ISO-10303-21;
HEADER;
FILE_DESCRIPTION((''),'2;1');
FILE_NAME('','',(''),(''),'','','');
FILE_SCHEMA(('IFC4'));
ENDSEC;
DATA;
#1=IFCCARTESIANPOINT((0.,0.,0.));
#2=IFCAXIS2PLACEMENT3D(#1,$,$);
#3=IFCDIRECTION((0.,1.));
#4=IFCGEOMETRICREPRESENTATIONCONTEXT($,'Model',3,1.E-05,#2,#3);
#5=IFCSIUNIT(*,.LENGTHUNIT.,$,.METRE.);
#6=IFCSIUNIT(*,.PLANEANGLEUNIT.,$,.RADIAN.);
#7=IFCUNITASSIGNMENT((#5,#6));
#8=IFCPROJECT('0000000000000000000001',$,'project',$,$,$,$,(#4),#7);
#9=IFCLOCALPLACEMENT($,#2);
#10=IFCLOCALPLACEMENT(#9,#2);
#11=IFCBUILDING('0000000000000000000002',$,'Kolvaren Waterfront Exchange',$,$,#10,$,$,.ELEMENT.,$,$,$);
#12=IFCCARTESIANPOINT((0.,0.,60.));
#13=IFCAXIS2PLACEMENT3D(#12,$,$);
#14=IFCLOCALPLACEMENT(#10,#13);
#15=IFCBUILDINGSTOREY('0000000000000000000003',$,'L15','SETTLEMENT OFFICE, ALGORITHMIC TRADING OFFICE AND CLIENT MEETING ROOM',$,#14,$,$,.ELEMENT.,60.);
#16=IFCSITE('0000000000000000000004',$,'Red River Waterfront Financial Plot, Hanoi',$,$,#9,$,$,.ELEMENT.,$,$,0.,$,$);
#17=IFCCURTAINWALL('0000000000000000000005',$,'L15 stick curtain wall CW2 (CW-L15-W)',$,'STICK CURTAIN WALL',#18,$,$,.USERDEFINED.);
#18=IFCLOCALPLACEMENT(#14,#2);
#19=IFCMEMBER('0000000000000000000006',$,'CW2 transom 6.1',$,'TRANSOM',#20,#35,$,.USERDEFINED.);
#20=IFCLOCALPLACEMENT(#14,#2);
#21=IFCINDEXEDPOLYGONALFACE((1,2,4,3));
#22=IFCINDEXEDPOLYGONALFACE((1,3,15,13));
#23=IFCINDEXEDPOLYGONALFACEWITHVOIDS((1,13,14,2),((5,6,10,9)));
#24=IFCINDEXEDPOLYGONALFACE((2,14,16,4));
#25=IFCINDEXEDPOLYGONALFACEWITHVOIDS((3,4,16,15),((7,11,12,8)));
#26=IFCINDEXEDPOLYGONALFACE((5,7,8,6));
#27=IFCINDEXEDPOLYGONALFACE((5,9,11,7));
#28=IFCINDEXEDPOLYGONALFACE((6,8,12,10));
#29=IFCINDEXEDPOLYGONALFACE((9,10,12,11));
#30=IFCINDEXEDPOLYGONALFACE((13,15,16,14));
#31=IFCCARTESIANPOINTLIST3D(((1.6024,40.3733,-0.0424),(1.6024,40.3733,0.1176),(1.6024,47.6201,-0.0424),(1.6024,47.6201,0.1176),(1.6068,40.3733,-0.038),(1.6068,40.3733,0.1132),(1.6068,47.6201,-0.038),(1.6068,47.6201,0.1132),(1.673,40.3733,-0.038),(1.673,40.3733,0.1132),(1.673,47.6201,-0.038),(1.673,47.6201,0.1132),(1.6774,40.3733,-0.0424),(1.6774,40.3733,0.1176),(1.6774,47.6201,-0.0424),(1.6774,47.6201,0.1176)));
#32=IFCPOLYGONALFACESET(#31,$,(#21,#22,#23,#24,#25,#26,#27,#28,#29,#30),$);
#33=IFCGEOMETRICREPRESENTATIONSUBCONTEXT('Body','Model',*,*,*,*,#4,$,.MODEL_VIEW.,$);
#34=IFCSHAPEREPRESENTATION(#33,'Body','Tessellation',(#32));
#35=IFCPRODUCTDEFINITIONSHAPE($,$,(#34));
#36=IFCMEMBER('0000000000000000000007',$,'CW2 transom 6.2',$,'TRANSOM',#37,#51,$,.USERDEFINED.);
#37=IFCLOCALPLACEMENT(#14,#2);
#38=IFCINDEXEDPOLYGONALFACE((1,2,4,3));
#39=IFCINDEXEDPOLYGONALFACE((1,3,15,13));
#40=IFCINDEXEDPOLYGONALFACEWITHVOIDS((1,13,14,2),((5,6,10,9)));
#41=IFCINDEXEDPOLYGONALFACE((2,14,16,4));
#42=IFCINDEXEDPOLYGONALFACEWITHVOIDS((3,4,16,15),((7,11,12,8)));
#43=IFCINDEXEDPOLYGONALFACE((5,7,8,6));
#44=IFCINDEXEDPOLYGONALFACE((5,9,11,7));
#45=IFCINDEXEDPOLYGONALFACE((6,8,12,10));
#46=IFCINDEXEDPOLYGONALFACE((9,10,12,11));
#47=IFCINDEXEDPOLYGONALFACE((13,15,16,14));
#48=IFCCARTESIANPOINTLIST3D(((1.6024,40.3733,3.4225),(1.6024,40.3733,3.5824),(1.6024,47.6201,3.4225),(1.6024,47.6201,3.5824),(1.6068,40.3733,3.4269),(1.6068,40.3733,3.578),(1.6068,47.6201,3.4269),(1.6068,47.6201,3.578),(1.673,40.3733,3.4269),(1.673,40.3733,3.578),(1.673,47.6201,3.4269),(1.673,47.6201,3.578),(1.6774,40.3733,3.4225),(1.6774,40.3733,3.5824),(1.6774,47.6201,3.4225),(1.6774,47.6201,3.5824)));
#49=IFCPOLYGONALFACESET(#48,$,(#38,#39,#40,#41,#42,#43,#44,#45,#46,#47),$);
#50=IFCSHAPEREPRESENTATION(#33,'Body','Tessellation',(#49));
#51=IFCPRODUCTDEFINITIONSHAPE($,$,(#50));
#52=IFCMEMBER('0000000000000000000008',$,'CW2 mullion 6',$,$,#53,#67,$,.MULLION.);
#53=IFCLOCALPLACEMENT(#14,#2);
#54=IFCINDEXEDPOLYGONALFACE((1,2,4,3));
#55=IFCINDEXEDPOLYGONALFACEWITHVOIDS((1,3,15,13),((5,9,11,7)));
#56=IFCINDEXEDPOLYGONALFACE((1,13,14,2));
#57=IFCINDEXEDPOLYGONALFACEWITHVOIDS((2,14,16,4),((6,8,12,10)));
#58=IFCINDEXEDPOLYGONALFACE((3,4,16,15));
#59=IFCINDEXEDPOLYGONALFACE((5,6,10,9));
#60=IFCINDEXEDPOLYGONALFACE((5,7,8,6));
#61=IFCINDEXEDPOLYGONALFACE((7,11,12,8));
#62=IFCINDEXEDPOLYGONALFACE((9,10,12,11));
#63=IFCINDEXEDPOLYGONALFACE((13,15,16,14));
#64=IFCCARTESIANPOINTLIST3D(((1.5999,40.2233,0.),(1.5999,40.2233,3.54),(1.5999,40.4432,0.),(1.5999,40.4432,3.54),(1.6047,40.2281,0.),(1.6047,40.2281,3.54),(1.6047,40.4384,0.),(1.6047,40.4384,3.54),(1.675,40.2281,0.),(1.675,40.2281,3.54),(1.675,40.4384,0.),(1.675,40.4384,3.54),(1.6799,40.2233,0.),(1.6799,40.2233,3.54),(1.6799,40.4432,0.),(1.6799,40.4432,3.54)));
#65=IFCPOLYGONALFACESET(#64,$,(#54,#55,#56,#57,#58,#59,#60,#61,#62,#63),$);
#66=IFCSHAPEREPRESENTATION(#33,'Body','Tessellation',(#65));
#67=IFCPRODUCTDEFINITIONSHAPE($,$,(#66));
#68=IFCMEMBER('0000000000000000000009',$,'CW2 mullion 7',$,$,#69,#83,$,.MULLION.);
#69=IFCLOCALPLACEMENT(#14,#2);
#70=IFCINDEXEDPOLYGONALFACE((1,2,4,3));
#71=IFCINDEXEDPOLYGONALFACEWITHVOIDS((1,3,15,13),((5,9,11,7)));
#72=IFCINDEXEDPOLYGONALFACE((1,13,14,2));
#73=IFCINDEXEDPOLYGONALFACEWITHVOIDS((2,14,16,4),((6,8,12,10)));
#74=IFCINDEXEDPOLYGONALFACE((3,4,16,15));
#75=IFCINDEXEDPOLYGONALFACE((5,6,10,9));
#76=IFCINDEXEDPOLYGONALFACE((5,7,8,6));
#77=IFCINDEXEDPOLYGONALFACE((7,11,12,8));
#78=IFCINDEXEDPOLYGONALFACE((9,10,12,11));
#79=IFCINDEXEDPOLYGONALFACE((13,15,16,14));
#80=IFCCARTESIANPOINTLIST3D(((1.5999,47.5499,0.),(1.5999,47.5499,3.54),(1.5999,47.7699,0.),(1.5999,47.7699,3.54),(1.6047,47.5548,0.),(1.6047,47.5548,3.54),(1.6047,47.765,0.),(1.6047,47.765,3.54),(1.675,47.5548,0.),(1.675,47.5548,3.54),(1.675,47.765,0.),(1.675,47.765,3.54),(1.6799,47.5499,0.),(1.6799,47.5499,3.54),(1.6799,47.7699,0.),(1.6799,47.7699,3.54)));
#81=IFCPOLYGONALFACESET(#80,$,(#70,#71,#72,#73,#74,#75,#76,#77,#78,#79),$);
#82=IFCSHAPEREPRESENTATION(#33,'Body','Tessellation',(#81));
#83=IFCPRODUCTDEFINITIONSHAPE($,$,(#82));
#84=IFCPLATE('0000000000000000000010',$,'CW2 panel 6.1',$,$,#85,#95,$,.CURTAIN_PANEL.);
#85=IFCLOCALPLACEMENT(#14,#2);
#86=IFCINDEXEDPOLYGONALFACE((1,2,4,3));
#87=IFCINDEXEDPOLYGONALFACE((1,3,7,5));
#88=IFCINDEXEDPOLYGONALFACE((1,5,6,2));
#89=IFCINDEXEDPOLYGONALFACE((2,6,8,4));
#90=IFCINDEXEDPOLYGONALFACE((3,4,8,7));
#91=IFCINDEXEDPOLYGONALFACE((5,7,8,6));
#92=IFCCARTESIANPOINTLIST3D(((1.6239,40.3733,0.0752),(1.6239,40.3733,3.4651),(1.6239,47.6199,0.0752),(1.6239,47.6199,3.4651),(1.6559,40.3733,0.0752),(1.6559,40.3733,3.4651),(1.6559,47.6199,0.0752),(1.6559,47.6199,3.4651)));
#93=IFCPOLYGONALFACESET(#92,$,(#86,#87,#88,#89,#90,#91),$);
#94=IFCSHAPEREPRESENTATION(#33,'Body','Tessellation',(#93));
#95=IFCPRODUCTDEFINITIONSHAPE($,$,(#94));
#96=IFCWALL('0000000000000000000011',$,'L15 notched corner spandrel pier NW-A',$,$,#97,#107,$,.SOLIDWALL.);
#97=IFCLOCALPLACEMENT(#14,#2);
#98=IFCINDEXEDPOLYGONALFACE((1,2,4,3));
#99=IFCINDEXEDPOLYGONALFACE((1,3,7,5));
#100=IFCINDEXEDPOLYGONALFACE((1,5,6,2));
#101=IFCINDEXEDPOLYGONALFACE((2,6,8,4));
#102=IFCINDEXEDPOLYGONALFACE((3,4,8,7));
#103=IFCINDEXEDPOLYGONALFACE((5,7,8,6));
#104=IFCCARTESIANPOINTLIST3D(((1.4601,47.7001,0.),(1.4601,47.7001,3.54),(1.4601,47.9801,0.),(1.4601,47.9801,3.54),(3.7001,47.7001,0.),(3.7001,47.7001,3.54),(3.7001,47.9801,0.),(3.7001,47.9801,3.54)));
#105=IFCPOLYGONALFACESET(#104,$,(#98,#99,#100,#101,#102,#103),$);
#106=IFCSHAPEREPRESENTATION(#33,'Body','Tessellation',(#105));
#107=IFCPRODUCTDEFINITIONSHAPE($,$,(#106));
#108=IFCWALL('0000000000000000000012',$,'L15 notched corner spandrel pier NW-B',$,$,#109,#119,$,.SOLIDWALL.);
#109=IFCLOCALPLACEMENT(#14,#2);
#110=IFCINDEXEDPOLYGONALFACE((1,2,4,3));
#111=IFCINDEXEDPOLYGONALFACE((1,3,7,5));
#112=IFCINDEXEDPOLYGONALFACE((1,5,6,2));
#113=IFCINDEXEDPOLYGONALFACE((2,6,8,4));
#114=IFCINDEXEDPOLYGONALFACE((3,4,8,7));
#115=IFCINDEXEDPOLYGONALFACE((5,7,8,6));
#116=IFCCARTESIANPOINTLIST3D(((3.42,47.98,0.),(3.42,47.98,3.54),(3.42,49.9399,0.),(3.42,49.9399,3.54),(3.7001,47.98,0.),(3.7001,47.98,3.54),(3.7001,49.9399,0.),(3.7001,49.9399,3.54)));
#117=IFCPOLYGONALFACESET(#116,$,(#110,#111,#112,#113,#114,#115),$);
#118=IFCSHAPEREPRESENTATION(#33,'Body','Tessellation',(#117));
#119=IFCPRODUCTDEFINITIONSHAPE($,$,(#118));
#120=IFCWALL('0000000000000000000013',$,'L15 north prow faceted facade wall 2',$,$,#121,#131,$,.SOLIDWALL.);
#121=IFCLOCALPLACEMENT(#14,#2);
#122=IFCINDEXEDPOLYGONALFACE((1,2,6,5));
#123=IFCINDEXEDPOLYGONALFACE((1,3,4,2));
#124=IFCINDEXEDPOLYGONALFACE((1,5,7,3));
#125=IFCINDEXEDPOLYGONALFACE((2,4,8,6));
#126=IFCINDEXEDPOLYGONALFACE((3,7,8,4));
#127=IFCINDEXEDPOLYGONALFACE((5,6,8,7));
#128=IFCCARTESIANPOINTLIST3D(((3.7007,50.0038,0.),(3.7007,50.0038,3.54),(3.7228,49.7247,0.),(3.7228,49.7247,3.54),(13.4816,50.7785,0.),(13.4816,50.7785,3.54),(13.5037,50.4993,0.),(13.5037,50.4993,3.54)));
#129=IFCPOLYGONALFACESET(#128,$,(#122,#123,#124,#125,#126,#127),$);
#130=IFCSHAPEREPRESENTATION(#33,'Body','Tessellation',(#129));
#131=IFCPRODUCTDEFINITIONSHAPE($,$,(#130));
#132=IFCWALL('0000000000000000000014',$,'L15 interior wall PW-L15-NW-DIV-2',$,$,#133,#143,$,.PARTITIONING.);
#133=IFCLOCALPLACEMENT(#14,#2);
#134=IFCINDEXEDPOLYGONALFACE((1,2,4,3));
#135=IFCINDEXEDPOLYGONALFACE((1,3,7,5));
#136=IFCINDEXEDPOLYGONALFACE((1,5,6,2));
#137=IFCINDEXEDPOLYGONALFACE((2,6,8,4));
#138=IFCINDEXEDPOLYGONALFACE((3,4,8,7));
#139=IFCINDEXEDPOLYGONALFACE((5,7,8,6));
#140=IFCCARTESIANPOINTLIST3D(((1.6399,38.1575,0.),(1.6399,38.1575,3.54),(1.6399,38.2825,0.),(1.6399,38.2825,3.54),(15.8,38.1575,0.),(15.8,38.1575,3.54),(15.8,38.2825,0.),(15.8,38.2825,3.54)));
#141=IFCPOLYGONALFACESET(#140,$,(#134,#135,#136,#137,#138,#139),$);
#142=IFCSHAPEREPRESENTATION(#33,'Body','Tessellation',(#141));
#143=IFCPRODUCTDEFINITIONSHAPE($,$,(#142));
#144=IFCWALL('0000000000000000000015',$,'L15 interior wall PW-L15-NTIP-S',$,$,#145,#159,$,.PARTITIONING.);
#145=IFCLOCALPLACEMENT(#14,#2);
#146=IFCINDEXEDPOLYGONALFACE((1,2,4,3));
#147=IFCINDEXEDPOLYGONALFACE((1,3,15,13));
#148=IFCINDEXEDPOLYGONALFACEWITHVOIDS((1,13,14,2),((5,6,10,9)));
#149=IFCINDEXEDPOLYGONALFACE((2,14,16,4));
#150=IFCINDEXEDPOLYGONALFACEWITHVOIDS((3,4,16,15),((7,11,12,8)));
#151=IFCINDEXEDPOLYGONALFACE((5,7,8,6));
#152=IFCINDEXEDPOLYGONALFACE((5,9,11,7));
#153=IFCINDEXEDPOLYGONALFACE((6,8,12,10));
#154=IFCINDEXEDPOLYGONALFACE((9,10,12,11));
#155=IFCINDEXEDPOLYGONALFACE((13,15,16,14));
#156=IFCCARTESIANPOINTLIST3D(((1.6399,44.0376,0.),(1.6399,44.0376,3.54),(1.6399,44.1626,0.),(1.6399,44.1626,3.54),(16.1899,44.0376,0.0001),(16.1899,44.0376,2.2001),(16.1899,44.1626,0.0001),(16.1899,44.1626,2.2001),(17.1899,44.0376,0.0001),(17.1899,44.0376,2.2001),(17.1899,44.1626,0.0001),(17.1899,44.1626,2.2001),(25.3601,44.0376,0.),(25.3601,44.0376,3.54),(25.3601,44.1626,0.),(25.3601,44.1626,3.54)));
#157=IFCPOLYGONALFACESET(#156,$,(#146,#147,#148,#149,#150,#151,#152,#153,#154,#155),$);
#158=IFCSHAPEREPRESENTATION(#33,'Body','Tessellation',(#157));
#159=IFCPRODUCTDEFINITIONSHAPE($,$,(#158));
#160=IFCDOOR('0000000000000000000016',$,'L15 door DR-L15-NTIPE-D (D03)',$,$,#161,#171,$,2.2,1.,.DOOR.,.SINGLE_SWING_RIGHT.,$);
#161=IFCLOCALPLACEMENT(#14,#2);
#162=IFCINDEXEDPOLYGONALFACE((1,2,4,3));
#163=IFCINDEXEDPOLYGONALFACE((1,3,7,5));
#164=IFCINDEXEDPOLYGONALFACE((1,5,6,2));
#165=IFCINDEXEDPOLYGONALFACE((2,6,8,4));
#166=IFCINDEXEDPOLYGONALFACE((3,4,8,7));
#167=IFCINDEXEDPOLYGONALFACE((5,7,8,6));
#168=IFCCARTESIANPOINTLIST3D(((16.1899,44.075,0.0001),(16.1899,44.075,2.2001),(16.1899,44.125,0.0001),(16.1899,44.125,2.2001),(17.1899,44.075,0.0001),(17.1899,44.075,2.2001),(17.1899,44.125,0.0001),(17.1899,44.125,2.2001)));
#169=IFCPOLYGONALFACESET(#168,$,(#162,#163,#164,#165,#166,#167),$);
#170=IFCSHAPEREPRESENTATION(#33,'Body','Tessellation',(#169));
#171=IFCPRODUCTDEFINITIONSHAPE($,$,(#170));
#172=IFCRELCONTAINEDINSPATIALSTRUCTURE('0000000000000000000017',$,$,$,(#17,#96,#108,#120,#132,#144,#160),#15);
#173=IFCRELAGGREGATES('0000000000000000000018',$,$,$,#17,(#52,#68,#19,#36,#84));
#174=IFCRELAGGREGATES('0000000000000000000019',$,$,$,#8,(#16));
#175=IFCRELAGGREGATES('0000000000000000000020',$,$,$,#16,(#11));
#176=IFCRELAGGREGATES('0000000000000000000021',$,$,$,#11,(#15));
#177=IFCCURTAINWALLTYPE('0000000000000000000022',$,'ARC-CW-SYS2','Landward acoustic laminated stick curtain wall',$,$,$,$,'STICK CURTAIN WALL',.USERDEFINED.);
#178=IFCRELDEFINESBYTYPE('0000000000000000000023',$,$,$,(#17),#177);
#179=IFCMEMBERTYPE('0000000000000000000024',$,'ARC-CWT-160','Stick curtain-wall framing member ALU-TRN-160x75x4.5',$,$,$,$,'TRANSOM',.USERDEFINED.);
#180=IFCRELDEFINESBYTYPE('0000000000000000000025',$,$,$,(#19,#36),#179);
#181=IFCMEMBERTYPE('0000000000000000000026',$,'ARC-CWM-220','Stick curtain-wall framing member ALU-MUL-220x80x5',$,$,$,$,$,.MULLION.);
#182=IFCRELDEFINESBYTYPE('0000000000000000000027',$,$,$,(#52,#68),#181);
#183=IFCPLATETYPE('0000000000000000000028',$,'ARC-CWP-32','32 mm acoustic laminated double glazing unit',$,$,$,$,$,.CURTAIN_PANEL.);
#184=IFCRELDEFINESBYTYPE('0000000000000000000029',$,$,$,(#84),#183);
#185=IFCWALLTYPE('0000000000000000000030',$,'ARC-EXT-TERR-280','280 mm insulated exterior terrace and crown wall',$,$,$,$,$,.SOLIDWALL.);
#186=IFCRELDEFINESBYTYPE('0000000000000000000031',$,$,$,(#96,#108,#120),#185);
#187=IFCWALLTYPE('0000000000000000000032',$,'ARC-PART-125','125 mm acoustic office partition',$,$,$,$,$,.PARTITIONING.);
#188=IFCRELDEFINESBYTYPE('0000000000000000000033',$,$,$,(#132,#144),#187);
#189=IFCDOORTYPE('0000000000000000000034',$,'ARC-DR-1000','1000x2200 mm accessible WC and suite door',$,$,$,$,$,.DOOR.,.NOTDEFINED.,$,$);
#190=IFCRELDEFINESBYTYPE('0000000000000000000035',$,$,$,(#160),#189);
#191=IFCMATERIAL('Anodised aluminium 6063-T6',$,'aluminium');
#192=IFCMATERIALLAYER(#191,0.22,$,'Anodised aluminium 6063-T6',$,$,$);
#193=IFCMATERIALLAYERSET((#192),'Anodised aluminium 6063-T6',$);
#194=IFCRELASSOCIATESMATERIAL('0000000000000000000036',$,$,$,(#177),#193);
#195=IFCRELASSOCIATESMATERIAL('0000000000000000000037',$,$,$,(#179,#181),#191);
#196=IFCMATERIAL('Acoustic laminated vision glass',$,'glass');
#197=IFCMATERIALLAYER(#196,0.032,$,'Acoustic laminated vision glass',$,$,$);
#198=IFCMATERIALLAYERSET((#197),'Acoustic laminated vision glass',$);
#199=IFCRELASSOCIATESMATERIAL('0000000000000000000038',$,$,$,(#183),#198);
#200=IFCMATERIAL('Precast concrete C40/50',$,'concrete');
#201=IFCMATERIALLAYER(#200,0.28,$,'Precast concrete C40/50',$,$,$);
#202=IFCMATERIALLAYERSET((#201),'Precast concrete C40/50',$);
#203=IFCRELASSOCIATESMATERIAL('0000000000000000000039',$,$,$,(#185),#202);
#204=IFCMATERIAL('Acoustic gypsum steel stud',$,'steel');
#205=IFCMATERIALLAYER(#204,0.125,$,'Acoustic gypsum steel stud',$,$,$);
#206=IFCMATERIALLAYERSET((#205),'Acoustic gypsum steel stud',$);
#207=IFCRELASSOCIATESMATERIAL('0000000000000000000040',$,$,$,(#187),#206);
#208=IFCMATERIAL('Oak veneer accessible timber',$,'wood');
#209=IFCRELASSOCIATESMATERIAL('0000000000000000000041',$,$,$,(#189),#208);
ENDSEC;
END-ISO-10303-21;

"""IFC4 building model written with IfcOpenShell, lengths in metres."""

from ifc_helpers import new_model, si_unit, direction, frame, frame_2d, origin, origin_with_axes, origin_2d, place, context, subcontext, project, spatial, rectangle, hollow_rectangle, extrude, source, transform, mapped, material, layer, layer_set, material_profile, profile_set, type_object, element, fill, aggregate, save


model = new_model("IFC4")

# Units and contexts
model_context = context("Model", 3, precision=1e-05, world=origin(), true_north=direction((0.0, 1.0)))
body_context = subcontext(model_context, "Body", "Model", "MODEL_VIEW")
ifc_project = project(units=[si_unit("LENGTHUNIT", "METRE"), si_unit("PLANEANGLEUNIT", "RADIAN")], contexts=[model_context])

# Site, building, storey
site_placement = place(None, origin())
site = spatial("IfcSite", under=ifc_project, at=site_placement, Name="Red River Waterfront Financial Plot, Hanoi", CompositionType="ELEMENT", RefElevation=0.0)
building_placement = place(site_placement, origin())
building = spatial("IfcBuilding", under=site, at=building_placement, Name="Kolvaren Waterfront Exchange", CompositionType="ELEMENT")
storey_placement = place(building_placement, frame((0.0, 0.0, 60.0)))
storey = spatial("IfcBuildingStorey", under=building, at=storey_placement, Name="L15", Description="SETTLEMENT OFFICE, ALGORITHMIC TRADING OFFICE AND CLIENT MEETING ROOM", CompositionType="ELEMENT", Elevation=60.0)

# Curtain wall, members, plate
ifc_material_1 = material(Name="Anodised aluminium 6063-T6", Category="aluminium")
ifc_layer_1 = layer(ifc_material_1, 0.22, Name="Anodised aluminium 6063-T6")
ifc_layer_set_1 = layer_set([ifc_layer_1], Name="Anodised aluminium 6063-T6")
curtain_wall_type = type_object("IfcCurtainWallType", Name="ARC-CW-SYS2", Description="Landward acoustic laminated stick curtain wall", ElementType="STICK CURTAIN WALL", PredefinedType="USERDEFINED", material=ifc_layer_set_1)
curtain_wall_placement = place(storey_placement, origin())
curtain_wall = element("IfcCurtainWall", 1, at=curtain_wall_placement, inside=storey, type_object=curtain_wall_type, Name="L15 stick curtain wall CW2 (CW-L15-W)", ObjectType="STICK CURTAIN WALL", PredefinedType="USERDEFINED")
ifc_material_profile_1 = material_profile(ifc_material_1, hollow_rectangle(XDim=0.075, YDim=0.1599, WallThickness=0.0044, at=origin_2d()), Name="ALU-TRN-160x75x4.5")
ifc_profile_set_1 = profile_set([ifc_material_profile_1], Name="Anodised aluminium 6063-T6")
member_type_1 = type_object("IfcMemberType", Name="ARC-CWT-160", Description="Stick curtain-wall framing member ALU-TRN-160x75x4.5", ElementType="TRANSOM", PredefinedType="USERDEFINED", material=ifc_profile_set_1)
shared_shape_1 = source(origin_with_axes(), body_context, "Body", "SweptSolid", [
    extrude(hollow_rectangle(XDim=0.075, YDim=0.1599, WallThickness=0.0044, at=origin_2d()), origin(), (0.0, 0.0, 1.0), 7.2468),
])
member_1_placement = place(storey_placement, frame((1.6399, 40.3733, 0.0376), z_axis=(0.0, 1.0, 0.0), x_axis=(-1.0, 0.0, 0.0)))
member_1 = element("IfcMember", 2, at=member_1_placement, type_object=member_type_1, Name="CW2 transom 6.1", ObjectType="TRANSOM", PredefinedType="USERDEFINED", context=body_context, shape_type="MappedRepresentation", body=[
    mapped(shared_shape_1, transform((0.0, 0.0, 0.0), x_axis=(1.0, 0.0, 0.0), y_axis=(0.0, 1.0, 0.0), z_axis=(0.0, 0.0, 1.0), scale=1.0)),
])
member_2_placement = place(storey_placement, frame((1.6399, 40.3733, 3.5024), z_axis=(0.0, 1.0, 0.0), x_axis=(-1.0, 0.0, 0.0)))
member_2 = element("IfcMember", 3, at=member_2_placement, type_object=member_type_1, Name="CW2 transom 6.2", ObjectType="TRANSOM", PredefinedType="USERDEFINED", context=body_context, shape_type="MappedRepresentation", body=[
    mapped(shared_shape_1, transform((0.0, 0.0, 0.0), x_axis=(1.0, 0.0, 0.0), y_axis=(0.0, 1.0, 0.0), z_axis=(0.0, 0.0, 1.0), scale=1.0)),
])
ifc_material_profile_2 = material_profile(ifc_material_1, hollow_rectangle(XDim=0.0801, YDim=0.22, WallThickness=0.0049, at=origin_2d()), Name="ALU-MUL-220x80x5")
ifc_profile_set_2 = profile_set([ifc_material_profile_2], Name="Anodised aluminium 6063-T6")
member_type_2 = type_object("IfcMemberType", Name="ARC-CWM-220", Description="Stick curtain-wall framing member ALU-MUL-220x80x5", PredefinedType="MULLION", material=ifc_profile_set_2)
shared_shape_2 = source(origin_with_axes(), body_context, "Body", "SweptSolid", [
    extrude(hollow_rectangle(XDim=0.0801, YDim=0.22, WallThickness=0.0049, at=origin_2d()), origin(), (0.0, 0.0, 1.0), 3.54),
])
member_3_placement = place(storey_placement, frame((1.6399, 40.3333, 0.0), z_axis=(0.0, 0.0, 1.0), x_axis=(-1.0, 0.0, 0.0)))
member_3 = element("IfcMember", 4, at=member_3_placement, type_object=member_type_2, Name="CW2 mullion 6", PredefinedType="MULLION", context=body_context, shape_type="MappedRepresentation", body=[
    mapped(shared_shape_2, transform((0.0, 0.0, 0.0), x_axis=(1.0, 0.0, 0.0), y_axis=(0.0, 1.0, 0.0), z_axis=(0.0, 0.0, 1.0), scale=1.0)),
])
member_4_placement = place(storey_placement, frame((1.6399, 47.6599, 0.0), z_axis=(0.0, 0.0, 1.0), x_axis=(-1.0, 0.0, 0.0)))
member_4 = element("IfcMember", 5, at=member_4_placement, type_object=member_type_2, Name="CW2 mullion 7", PredefinedType="MULLION", context=body_context, shape_type="MappedRepresentation", body=[
    mapped(shared_shape_2, transform((0.0, 0.0, 0.0), x_axis=(1.0, 0.0, 0.0), y_axis=(0.0, 1.0, 0.0), z_axis=(0.0, 0.0, 1.0), scale=1.0)),
])
ifc_material_2 = material(Name="Acoustic laminated vision glass", Category="glass")
ifc_layer_2 = layer(ifc_material_2, 0.032, Name="Acoustic laminated vision glass")
ifc_layer_set_2 = layer_set([ifc_layer_2], Name="Acoustic laminated vision glass")
plate_type = type_object("IfcPlateType", Name="ARC-CWP-32", Description="32 mm acoustic laminated double glazing unit", PredefinedType="CURTAIN_PANEL", material=ifc_layer_set_2)
shared_shape_3 = source(origin_with_axes(), body_context, "Body", "SweptSolid", [
    extrude(rectangle(XDim=7.2466, YDim=0.032, at=origin_2d()), origin(), (0.0, 0.0, 1.0), 3.3899),
])
plate_placement = place(storey_placement, frame((1.6399, 43.9966, 0.0752), z_axis=(0.0, 0.0, 1.0), x_axis=(0.0, 1.0, 0.0)))
plate = element("IfcPlate", 6, at=plate_placement, type_object=plate_type, Name="CW2 panel 6.1", PredefinedType="CURTAIN_PANEL", context=body_context, shape_type="MappedRepresentation", body=[
    mapped(shared_shape_3, transform((0.0, 0.0, 0.0), x_axis=(1.0, 0.0, 0.0), y_axis=(0.0, 1.0, 0.0), z_axis=(0.0, 0.0, 1.0), scale=1.0)),
])
aggregate(curtain_wall, [member_3, member_4, member_1, member_2, plate])

# Walls
ifc_material_3 = material(Name="Precast concrete C40/50", Category="concrete")
ifc_layer_3 = layer(ifc_material_3, 0.28, Name="Precast concrete C40/50")
ifc_layer_set_3 = layer_set([ifc_layer_3], Name="Precast concrete C40/50")
wall_type_1 = type_object("IfcWallType", Name="ARC-EXT-TERR-280", Description="280 mm insulated exterior terrace and crown wall", PredefinedType="SOLIDWALL", material=ifc_layer_set_3)
wall_1_placement = place(storey_placement, frame((1.46, 47.8401, 0.0), z_axis=(0.0, 0.0, 1.0), x_axis=(1.0, 0.0, 0.0)))
element("IfcWall", 7, at=wall_1_placement, inside=storey, type_object=wall_type_1, Name="L15 notched corner spandrel pier NW-A", PredefinedType="SOLIDWALL", context=body_context, shape_type="SweptSolid", body=[
    extrude(rectangle(XDim=2.24, YDim=0.28, at=frame_2d((1.1201, 0.0))), origin(), (0.0, 0.0, 1.0), 3.54),
])
wall_2_placement = place(storey_placement, frame((3.5601, 47.98, 0.0), z_axis=(0.0, 0.0, 1.0), x_axis=(0.0, 1.0, 0.0)))
element("IfcWall", 8, at=wall_2_placement, inside=storey, type_object=wall_type_1, Name="L15 notched corner spandrel pier NW-B", PredefinedType="SOLIDWALL", context=body_context, shape_type="SweptSolid", body=[
    extrude(rectangle(XDim=1.96, YDim=0.28, at=frame_2d((0.98, 0.0))), origin(), (0.0, 0.0, 1.0), 3.54),
])
wall_3_placement = place(storey_placement, frame((13.4927, 50.6389, 0.0), z_axis=(0.0, 0.0, 1.0), x_axis=(-0.996878, -0.078953, 0.0)))
element("IfcWall", 9, at=wall_3_placement, inside=storey, type_object=wall_type_1, Name="L15 north prow faceted facade wall 2", PredefinedType="SOLIDWALL", context=body_context, shape_type="SweptSolid", body=[
    extrude(rectangle(XDim=9.8115, YDim=0.28, at=frame_2d((4.9058, 0.0))), origin(), (0.0, 0.0, 1.0), 3.54),
])
ifc_material_4 = material(Name="Acoustic gypsum steel stud", Category="steel")
ifc_layer_4 = layer(ifc_material_4, 0.125, Name="Acoustic gypsum steel stud")
ifc_layer_set_4 = layer_set([ifc_layer_4], Name="Acoustic gypsum steel stud")
wall_type_2 = type_object("IfcWallType", Name="ARC-PART-125", Description="125 mm acoustic office partition", PredefinedType="PARTITIONING", material=ifc_layer_set_4)
wall_4_placement = place(storey_placement, frame((1.6399, 38.22, 0.0), z_axis=(0.0, 0.0, 1.0), x_axis=(1.0, 0.0, 0.0)))
element("IfcWall", 10, at=wall_4_placement, inside=storey, type_object=wall_type_2, Name="L15 interior wall PW-L15-NW-DIV-2", PredefinedType="PARTITIONING", context=body_context, shape_type="SweptSolid", body=[
    extrude(rectangle(XDim=14.1602, YDim=0.125, at=frame_2d((7.0801, 0.0))), origin(), (0.0, 0.0, 1.0), 3.54),
])

# Wall, opening, door
wall_5_placement = place(storey_placement, frame((1.6399, 44.1001, 0.0), z_axis=(0.0, 0.0, 1.0), x_axis=(1.0, 0.0, 0.0)))
wall_5 = element("IfcWall", 11, at=wall_5_placement, inside=storey, type_object=wall_type_2, Name="L15 interior wall PW-L15-NTIP-S", PredefinedType="PARTITIONING", context=body_context, shape_type="SweptSolid", body=[
    extrude(rectangle(XDim=23.7202, YDim=0.125, at=frame_2d((11.8601, 0.0))), origin(), (0.0, 0.0, 1.0), 3.54),
])
opening_1_placement = place(wall_5_placement, frame((14.55, 0.0, 0.0)))
opening_1 = element("IfcOpeningElement", 12, at=opening_1_placement, cuts=wall_5, PredefinedType="OPENING", context=body_context, shape_type="SweptSolid", body=[
    extrude(rectangle(XDim=1.0, YDim=2.2, at=frame_2d((0.5, 1.1001))), frame((0.0, 0.0725, 0.0), z_axis=(0.0, -1.0, 0.0), x_axis=(1.0, 0.0, 0.0)), (0.0, 0.0, 1.0), 0.145),
])
ifc_material_5 = material(Name="Oak veneer accessible timber", Category="wood")
door_type_1 = type_object("IfcDoorType", Name="ARC-DR-1000", Description="1000x2200 mm accessible WC and suite door", OperationType="NOTDEFINED", PredefinedType="DOOR", material=ifc_material_5)
door_1_placement = place(opening_1_placement, origin())
door_1 = element("IfcDoor", 13, at=door_1_placement, inside=storey, type_object=door_type_1, Name="L15 door DR-L15-NTIPE-D (D03)", OperationType="SINGLE_SWING_RIGHT", OverallHeight=2.2, OverallWidth=1.0, PredefinedType="DOOR", context=body_context, shape_type="SweptSolid", body=[
    extrude(rectangle(XDim=1.0, YDim=2.2, at=frame_2d((0.5, 1.1001))), frame((0.0, 0.0249, 0.0), z_axis=(0.0, -1.0, 0.0), x_axis=(1.0, 0.0, 0.0)), (0.0, 0.0, 1.0), 0.05),
])
fill(opening_1, door_1)

save(model, "model.ifc")
